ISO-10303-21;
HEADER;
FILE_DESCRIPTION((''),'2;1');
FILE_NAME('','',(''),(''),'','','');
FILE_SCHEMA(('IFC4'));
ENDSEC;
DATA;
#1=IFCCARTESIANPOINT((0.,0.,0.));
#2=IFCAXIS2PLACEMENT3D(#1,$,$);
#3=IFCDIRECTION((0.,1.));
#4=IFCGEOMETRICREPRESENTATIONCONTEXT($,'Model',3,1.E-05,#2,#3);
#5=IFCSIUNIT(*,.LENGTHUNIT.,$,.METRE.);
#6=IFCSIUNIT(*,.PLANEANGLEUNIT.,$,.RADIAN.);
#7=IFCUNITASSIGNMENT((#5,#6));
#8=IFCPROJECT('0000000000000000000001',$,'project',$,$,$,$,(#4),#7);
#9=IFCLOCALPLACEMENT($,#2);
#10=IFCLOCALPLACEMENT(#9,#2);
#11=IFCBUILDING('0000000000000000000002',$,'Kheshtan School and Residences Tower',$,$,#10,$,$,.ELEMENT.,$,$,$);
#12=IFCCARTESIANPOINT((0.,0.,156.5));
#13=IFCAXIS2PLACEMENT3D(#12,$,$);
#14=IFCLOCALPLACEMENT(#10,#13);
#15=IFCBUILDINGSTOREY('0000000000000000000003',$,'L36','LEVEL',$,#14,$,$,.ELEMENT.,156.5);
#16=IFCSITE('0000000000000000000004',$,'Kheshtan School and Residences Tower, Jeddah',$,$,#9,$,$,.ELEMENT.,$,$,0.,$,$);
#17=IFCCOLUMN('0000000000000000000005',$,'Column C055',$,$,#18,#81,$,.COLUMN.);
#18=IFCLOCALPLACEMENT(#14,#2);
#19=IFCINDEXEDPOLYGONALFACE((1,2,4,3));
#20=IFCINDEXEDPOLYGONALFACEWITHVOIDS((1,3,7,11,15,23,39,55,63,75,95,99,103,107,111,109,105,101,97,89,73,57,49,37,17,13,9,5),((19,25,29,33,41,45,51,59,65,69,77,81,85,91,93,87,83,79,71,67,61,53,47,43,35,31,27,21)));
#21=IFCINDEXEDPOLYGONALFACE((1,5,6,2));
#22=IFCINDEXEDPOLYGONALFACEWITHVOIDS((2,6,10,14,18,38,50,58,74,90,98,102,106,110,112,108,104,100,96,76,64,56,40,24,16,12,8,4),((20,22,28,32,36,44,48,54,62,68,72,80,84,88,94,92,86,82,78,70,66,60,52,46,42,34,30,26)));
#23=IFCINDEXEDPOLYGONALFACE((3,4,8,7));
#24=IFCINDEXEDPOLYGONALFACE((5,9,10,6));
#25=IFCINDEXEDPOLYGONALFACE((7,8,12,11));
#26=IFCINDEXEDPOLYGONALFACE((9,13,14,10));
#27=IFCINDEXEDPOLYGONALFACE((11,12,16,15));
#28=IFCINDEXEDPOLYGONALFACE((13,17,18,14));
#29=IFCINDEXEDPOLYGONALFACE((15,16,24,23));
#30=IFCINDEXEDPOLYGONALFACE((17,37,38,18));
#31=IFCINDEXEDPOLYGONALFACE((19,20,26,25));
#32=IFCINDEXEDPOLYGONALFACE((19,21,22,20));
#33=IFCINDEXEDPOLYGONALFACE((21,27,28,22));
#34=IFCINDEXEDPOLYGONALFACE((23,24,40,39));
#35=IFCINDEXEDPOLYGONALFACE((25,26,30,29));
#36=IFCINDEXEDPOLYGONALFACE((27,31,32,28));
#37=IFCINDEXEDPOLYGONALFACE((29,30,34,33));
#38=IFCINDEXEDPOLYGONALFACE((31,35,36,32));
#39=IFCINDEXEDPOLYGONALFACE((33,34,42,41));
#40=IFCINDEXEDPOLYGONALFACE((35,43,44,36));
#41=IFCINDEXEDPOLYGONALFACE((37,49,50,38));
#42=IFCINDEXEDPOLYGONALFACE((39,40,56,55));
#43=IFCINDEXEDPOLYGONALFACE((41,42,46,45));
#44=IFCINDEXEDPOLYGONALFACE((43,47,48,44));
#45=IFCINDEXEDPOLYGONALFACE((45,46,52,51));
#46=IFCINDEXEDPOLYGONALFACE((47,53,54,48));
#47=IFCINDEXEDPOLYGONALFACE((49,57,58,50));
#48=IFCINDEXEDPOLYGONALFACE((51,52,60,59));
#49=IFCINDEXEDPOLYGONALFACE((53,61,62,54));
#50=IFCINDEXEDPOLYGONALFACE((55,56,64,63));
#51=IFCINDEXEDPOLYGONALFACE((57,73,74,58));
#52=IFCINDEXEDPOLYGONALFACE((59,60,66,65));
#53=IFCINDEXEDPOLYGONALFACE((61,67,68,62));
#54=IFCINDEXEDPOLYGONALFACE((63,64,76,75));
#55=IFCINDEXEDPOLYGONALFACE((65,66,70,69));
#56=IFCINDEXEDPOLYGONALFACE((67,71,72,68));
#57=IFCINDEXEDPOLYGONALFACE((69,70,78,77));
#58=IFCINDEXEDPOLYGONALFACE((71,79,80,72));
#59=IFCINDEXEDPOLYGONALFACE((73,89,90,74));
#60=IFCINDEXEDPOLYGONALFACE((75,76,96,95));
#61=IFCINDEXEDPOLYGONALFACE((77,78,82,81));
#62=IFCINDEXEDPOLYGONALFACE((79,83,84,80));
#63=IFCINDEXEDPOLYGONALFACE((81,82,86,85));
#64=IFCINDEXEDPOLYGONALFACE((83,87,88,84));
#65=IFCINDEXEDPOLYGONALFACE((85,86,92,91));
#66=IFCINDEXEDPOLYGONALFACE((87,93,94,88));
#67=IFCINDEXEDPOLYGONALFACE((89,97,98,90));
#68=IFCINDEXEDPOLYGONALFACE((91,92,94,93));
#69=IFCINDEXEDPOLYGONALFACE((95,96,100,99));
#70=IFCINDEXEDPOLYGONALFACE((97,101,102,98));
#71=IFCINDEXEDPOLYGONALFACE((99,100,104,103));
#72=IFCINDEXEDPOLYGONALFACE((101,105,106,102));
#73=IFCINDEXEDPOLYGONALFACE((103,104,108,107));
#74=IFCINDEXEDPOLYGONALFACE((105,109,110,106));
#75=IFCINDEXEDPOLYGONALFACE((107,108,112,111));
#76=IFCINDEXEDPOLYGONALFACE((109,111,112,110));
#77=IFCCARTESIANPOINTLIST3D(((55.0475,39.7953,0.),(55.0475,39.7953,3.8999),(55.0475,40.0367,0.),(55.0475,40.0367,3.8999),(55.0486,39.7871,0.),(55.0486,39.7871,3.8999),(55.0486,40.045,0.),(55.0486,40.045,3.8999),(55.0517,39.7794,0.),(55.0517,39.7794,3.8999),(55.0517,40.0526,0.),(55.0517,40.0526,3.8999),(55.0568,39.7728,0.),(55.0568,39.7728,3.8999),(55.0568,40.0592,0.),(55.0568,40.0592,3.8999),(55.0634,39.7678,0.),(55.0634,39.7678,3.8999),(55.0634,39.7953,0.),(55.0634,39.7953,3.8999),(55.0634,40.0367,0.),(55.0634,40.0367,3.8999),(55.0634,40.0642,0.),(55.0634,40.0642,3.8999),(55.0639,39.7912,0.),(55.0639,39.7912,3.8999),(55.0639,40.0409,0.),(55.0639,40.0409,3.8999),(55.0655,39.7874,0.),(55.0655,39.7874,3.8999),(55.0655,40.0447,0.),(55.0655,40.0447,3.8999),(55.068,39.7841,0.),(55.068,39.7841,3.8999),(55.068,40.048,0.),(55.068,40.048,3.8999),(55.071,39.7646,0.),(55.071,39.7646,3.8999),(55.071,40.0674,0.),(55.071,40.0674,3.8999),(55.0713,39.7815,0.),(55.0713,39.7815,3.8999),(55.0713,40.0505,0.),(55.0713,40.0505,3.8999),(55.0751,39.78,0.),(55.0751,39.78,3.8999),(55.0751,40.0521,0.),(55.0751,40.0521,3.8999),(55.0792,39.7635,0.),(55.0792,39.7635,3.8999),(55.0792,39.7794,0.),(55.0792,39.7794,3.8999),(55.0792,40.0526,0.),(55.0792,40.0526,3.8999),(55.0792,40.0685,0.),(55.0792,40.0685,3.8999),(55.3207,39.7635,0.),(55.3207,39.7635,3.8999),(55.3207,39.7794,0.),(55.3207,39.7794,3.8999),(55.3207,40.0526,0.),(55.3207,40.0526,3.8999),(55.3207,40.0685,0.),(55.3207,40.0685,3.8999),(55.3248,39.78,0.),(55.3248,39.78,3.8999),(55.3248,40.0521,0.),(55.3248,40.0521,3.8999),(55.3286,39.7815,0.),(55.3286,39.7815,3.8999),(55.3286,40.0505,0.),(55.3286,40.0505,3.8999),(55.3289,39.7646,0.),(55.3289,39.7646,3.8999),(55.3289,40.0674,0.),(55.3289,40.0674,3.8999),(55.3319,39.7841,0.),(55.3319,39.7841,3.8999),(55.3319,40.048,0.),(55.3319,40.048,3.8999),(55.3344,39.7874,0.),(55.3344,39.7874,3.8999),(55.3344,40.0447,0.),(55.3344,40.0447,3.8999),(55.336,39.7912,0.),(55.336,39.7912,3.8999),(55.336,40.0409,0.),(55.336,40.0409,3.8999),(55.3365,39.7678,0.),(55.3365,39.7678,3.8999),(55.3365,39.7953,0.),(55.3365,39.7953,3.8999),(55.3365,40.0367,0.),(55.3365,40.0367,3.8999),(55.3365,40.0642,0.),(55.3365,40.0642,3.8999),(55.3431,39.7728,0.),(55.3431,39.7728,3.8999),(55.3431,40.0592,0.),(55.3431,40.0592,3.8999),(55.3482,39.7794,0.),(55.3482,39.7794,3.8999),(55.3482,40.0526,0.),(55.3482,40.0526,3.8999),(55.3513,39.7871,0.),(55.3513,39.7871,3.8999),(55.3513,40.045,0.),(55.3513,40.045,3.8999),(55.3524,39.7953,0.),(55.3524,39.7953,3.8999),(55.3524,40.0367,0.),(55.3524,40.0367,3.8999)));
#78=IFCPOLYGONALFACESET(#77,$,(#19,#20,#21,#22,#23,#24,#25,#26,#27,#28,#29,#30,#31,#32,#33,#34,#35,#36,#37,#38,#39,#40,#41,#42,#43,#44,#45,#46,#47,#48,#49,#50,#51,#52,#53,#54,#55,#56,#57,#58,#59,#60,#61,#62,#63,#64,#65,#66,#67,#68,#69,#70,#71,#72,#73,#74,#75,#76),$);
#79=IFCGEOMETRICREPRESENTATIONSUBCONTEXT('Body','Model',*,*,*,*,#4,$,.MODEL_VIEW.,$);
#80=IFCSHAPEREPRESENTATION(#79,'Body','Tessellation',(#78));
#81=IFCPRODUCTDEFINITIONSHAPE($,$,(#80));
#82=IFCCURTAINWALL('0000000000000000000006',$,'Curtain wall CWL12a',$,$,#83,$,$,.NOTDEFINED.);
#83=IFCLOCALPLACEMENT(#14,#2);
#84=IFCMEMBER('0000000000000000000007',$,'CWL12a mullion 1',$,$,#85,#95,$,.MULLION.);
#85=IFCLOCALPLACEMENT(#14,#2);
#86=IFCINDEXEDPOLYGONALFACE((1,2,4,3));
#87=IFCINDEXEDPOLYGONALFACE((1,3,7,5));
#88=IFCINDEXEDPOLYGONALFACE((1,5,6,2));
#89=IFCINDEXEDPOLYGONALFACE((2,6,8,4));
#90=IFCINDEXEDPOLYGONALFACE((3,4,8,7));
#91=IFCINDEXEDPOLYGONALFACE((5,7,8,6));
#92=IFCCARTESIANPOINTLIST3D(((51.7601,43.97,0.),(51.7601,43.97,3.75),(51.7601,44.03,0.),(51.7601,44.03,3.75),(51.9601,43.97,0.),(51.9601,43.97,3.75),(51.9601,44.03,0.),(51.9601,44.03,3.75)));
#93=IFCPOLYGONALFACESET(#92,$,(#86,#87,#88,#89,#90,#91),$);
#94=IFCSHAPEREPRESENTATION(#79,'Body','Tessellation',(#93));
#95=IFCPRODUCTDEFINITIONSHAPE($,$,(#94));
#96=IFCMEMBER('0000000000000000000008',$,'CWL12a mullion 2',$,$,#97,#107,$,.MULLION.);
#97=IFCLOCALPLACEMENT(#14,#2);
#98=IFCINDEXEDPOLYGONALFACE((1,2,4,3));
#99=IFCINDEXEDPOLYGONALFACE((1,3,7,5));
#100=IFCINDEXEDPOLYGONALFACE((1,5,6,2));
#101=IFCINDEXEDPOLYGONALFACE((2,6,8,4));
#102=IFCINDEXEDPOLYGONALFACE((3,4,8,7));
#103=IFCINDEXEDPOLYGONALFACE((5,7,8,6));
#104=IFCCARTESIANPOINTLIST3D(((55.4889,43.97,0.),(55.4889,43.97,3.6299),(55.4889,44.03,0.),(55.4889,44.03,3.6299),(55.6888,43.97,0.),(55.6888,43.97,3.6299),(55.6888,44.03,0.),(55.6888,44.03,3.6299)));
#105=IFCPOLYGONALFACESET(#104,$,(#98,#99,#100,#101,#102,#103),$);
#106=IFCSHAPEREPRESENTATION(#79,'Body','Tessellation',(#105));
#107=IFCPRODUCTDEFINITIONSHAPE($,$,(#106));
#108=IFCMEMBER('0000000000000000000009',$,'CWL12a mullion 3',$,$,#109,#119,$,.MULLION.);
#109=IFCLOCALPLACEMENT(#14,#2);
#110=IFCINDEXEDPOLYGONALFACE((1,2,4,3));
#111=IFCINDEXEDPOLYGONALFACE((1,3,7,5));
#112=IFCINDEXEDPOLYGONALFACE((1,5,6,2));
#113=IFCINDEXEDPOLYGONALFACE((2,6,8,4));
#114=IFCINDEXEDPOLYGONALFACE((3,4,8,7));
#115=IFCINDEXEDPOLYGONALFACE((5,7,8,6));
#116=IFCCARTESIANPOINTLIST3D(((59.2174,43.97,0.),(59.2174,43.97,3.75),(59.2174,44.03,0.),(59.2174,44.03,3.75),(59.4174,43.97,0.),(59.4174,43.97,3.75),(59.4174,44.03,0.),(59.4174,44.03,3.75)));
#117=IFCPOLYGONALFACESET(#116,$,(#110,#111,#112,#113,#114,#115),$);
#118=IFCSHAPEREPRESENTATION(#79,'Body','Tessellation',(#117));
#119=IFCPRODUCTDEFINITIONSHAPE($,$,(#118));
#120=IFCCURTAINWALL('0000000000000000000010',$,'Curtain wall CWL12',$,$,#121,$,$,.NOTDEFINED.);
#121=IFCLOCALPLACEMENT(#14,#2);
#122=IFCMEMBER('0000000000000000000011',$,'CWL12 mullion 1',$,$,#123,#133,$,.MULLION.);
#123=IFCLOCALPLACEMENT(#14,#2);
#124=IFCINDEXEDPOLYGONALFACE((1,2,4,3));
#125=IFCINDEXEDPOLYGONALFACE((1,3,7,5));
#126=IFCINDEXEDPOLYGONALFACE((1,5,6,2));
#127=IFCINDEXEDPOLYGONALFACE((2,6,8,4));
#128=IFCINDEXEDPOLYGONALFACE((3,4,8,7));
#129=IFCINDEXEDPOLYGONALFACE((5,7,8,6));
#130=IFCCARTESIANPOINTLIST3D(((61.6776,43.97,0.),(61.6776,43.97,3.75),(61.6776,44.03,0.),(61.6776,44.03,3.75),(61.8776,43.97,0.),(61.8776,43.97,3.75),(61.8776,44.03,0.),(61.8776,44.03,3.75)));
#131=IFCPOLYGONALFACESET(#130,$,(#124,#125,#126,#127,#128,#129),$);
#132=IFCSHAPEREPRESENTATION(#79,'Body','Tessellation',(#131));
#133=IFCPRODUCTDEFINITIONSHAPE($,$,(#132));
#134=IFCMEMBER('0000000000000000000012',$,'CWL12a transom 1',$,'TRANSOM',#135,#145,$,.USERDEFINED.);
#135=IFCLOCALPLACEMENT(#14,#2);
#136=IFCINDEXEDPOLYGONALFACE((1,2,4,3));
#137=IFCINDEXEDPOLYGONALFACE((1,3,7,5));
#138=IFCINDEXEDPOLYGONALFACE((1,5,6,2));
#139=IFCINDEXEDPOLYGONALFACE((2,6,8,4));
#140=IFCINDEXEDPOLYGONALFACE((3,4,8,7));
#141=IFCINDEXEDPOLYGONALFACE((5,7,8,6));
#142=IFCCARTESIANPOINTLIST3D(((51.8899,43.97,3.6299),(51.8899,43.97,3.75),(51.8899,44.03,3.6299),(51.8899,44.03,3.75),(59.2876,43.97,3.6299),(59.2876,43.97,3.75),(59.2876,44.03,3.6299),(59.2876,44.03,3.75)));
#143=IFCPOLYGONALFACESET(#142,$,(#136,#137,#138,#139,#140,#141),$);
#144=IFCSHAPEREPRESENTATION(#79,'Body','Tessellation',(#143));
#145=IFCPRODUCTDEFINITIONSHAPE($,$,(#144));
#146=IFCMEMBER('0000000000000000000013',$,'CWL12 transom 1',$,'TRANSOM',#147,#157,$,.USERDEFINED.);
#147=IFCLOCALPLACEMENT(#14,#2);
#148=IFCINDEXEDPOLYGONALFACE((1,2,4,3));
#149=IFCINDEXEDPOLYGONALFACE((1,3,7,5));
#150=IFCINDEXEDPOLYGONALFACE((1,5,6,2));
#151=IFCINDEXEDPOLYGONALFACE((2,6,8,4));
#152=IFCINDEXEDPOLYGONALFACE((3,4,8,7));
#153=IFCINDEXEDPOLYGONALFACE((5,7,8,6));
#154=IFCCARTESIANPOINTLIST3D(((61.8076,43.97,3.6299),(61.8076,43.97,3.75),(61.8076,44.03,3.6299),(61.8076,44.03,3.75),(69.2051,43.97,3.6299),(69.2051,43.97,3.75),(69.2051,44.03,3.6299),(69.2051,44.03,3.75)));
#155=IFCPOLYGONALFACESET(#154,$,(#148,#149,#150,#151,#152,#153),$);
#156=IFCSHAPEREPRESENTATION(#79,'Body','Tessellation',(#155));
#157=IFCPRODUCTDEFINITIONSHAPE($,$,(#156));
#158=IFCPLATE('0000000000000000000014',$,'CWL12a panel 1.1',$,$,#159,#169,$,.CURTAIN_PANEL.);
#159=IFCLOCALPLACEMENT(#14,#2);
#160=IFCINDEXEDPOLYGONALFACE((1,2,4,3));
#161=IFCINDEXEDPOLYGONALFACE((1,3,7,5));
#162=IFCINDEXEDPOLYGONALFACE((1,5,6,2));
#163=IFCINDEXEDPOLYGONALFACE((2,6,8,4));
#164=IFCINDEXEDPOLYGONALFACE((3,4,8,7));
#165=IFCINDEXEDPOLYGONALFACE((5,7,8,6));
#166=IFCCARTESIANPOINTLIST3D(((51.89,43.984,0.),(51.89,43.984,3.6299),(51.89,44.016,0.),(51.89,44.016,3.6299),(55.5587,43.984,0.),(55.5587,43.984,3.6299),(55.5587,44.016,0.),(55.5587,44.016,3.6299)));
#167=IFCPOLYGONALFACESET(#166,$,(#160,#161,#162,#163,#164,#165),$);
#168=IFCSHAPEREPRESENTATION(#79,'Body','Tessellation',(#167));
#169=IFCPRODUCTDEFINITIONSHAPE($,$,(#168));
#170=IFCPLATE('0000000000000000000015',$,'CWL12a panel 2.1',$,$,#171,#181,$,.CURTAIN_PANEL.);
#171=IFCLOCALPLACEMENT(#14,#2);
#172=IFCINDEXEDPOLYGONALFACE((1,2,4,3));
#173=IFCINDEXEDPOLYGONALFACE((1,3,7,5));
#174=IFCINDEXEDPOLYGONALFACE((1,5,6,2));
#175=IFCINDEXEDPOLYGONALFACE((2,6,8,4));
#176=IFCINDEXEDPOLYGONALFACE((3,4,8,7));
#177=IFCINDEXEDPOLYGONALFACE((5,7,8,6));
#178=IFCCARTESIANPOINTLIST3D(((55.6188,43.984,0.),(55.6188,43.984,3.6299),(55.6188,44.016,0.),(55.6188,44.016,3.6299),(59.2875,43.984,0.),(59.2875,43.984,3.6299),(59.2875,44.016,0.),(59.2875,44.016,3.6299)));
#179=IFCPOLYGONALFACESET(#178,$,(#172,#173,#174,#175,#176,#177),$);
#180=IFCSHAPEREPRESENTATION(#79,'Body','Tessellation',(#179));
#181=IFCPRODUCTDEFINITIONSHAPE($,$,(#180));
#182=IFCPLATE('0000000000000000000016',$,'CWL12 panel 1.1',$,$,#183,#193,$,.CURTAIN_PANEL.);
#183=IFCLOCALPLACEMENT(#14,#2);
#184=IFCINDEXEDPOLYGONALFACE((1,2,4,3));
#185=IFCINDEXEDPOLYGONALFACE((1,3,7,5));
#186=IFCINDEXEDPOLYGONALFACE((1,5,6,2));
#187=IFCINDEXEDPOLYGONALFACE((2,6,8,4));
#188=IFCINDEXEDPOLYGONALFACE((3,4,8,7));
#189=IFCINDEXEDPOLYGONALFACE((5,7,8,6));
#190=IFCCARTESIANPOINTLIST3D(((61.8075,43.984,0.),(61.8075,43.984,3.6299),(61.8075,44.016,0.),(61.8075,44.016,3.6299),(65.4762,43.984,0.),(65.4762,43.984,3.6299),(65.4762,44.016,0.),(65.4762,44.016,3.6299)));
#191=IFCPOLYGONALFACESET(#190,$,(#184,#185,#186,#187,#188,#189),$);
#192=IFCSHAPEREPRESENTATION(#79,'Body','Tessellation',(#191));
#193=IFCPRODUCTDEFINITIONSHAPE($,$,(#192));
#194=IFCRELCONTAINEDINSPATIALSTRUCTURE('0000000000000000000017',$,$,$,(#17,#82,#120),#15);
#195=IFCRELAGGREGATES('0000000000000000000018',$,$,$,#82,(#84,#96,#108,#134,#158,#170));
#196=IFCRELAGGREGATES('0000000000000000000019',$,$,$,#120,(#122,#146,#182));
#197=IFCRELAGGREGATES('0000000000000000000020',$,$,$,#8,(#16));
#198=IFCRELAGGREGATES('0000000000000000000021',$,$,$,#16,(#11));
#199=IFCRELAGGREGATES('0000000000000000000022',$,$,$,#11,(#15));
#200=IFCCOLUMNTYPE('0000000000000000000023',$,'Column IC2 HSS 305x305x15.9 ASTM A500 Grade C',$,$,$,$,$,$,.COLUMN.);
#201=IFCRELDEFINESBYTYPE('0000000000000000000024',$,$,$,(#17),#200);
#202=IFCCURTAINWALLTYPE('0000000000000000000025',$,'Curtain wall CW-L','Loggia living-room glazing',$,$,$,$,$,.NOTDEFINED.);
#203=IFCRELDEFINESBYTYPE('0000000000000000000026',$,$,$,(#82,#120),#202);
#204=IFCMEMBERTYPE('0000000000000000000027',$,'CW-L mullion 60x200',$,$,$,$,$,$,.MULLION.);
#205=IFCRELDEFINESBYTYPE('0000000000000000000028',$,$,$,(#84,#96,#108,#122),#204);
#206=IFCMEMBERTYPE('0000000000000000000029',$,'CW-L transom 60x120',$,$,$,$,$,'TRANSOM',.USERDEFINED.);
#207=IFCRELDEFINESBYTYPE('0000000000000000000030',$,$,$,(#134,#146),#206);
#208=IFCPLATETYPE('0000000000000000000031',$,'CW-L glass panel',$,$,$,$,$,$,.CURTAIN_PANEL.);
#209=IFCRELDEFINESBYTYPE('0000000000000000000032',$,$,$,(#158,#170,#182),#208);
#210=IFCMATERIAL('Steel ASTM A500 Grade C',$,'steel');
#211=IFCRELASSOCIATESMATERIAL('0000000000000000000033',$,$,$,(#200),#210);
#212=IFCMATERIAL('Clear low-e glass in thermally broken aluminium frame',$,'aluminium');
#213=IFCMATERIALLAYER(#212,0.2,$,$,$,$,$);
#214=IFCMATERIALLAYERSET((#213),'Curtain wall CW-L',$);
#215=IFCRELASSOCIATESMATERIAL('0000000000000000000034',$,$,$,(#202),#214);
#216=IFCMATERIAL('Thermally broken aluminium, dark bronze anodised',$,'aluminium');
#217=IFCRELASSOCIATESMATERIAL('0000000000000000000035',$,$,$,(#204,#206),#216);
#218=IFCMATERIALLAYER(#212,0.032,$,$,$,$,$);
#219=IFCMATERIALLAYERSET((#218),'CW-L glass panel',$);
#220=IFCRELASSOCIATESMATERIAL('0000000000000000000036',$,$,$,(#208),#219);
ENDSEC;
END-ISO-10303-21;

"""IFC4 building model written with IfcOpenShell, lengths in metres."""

from ifc_helpers import new_model, si_unit, direction, frame, origin, origin_2d, place, context, subcontext, project, spatial, rectangle, hollow_rectangle, extrude, material, layer, layer_set, material_profile, profile_set, type_object, element, aggregate, save


model = new_model("IFC4")

# Units and contexts
model_context = context("Model", 3, precision=1e-05, world=origin(), true_north=direction((0.0, 1.0)))
body_context = subcontext(model_context, "Body", "Model", "MODEL_VIEW")
ifc_project = project(units=[si_unit("LENGTHUNIT", "METRE"), si_unit("PLANEANGLEUNIT", "RADIAN")], contexts=[model_context])

# Site, building, storey
site_placement = place(None, origin())
site = spatial("IfcSite", under=ifc_project, at=site_placement, Name="Kheshtan School and Residences Tower, Jeddah", CompositionType="ELEMENT", RefElevation=0.0)
building_placement = place(site_placement, origin())
building = spatial("IfcBuilding", under=site, at=building_placement, Name="Kheshtan School and Residences Tower", CompositionType="ELEMENT")
storey_placement = place(building_placement, frame((0.0, 0.0, 156.5)))
storey = spatial("IfcBuildingStorey", under=building, at=storey_placement, Name="L36", Description="LEVEL", CompositionType="ELEMENT", Elevation=156.5)

# Column
ifc_material_1 = material(Name="Steel ASTM A500 Grade C", Category="steel")
ifc_material_profile_1 = material_profile(ifc_material_1, hollow_rectangle(XDim=0.3049, YDim=0.3049, WallThickness=0.0159, InnerFilletRadius=0.0159, OuterFilletRadius=0.0317, at=origin_2d()), Name="HSS 305x305x15.9")
ifc_profile_set_1 = profile_set([ifc_material_profile_1], Name="Steel ASTM A500 Grade C")
column_type = type_object("IfcColumnType", Name="Column IC2 HSS 305x305x15.9 ASTM A500 Grade C", PredefinedType="COLUMN", material=ifc_profile_set_1)
column_placement = place(storey_placement, frame((55.2, 39.916, 0.0), z_axis=(0.0, 0.0, 1.0), x_axis=(1.0, 0.0, 0.0)))
element("IfcColumn", 1, at=column_placement, inside=storey, type_object=column_type, Name="Column C055", PredefinedType="COLUMN", context=body_context, shape_type="SweptSolid", body=[
    extrude(hollow_rectangle(XDim=0.3049, YDim=0.3049, WallThickness=0.0159, InnerFilletRadius=0.0159, OuterFilletRadius=0.0317, at=origin_2d()), origin(), (0.0, 0.0, 1.0), 3.8999),
])

# Curtain wall, members
ifc_material_2 = material(Name="Clear low-e glass in thermally broken aluminium frame", Category="aluminium")
ifc_layer_1 = layer(ifc_material_2, 0.2)
ifc_layer_set_1 = layer_set([ifc_layer_1], Name="Curtain wall CW-L")
curtain_wall_type = type_object("IfcCurtainWallType", Name="Curtain wall CW-L", Description="Loggia living-room glazing", PredefinedType="NOTDEFINED", material=ifc_layer_set_1)
curtain_wall_1_placement = place(storey_placement, origin())
curtain_wall_1 = element("IfcCurtainWall", 2, at=curtain_wall_1_placement, inside=storey, type_object=curtain_wall_type, Name="Curtain wall CWL12a", PredefinedType="NOTDEFINED")
ifc_material_3 = material(Name="Thermally broken aluminium, dark bronze anodised", Category="aluminium")
ifc_material_profile_2 = material_profile(ifc_material_3, rectangle(XDim=0.0601, YDim=0.2, at=origin_2d()), Name="CW-L mullion 60x200")
ifc_profile_set_2 = profile_set([ifc_material_profile_2], Name="Thermally broken aluminium, dark bronze anodised")
member_type_1 = type_object("IfcMemberType", Name="CW-L mullion 60x200", PredefinedType="MULLION", material=ifc_profile_set_2)
member_1_placement = place(storey_placement, frame((51.8601, 44.0, 0.0), z_axis=(0.0, 0.0, 1.0), x_axis=(0.0, 1.0, 0.0)))
member_1 = element("IfcMember", 3, at=member_1_placement, type_object=member_type_1, Name="CWL12a mullion 1", PredefinedType="MULLION", context=body_context, shape_type="SweptSolid", body=[
    extrude(rectangle(XDim=0.0601, YDim=0.2, at=origin_2d()), origin(), (0.0, 0.0, 1.0), 3.75),
])
member_2_placement = place(storey_placement, frame((55.5889, 44.0, 0.0), z_axis=(0.0, 0.0, 1.0), x_axis=(0.0, 1.0, 0.0)))
member_2 = element("IfcMember", 4, at=member_2_placement, type_object=member_type_1, Name="CWL12a mullion 2", PredefinedType="MULLION", context=body_context, shape_type="SweptSolid", body=[
    extrude(rectangle(XDim=0.0601, YDim=0.2, at=origin_2d()), origin(), (0.0, 0.0, 1.0), 3.6299),
])
member_3_placement = place(storey_placement, frame((59.3174, 44.0, 0.0), z_axis=(0.0, 0.0, 1.0), x_axis=(0.0, 1.0, 0.0)))
member_3 = element("IfcMember", 5, at=member_3_placement, type_object=member_type_1, Name="CWL12a mullion 3", PredefinedType="MULLION", context=body_context, shape_type="SweptSolid", body=[
    extrude(rectangle(XDim=0.0601, YDim=0.2, at=origin_2d()), origin(), (0.0, 0.0, 1.0), 3.75),
])

# Curtain wall, member
curtain_wall_2_placement = place(storey_placement, origin())
curtain_wall_2 = element("IfcCurtainWall", 6, at=curtain_wall_2_placement, inside=storey, type_object=curtain_wall_type, Name="Curtain wall CWL12", PredefinedType="NOTDEFINED")
member_4_placement = place(storey_placement, frame((61.7776, 44.0, 0.0), z_axis=(0.0, 0.0, 1.0), x_axis=(0.0, 1.0, 0.0)))
member_4 = element("IfcMember", 7, at=member_4_placement, type_object=member_type_1, Name="CWL12 mullion 1", PredefinedType="MULLION", context=body_context, shape_type="SweptSolid", body=[
    extrude(rectangle(XDim=0.0601, YDim=0.2, at=origin_2d()), origin(), (0.0, 0.0, 1.0), 3.75),
])

# Members
ifc_material_profile_3 = material_profile(ifc_material_3, rectangle(XDim=0.0601, YDim=0.1201, at=origin_2d()), Name="CW-L transom 60x120")
ifc_profile_set_3 = profile_set([ifc_material_profile_3], Name="Thermally broken aluminium, dark bronze anodised")
member_type_2 = type_object("IfcMemberType", Name="CW-L transom 60x120", ElementType="TRANSOM", PredefinedType="USERDEFINED", material=ifc_profile_set_3)
member_5_placement = place(storey_placement, frame((51.8899, 44.0, 3.6899), z_axis=(1.0, 0.0, 0.0), x_axis=(0.0, 1.0, 0.0)))
member_5 = element("IfcMember", 8, at=member_5_placement, type_object=member_type_2, Name="CWL12a transom 1", ObjectType="TRANSOM", PredefinedType="USERDEFINED", context=body_context, shape_type="SweptSolid", body=[
    extrude(rectangle(XDim=0.0601, YDim=0.1201, at=origin_2d()), origin(), (0.0, 0.0, 1.0), 7.3977),
])
member_6_placement = place(storey_placement, frame((61.8076, 44.0, 3.6899), z_axis=(1.0, 0.0, 0.0), x_axis=(0.0, 1.0, 0.0)))
member_6 = element("IfcMember", 9, at=member_6_placement, type_object=member_type_2, Name="CWL12 transom 1", ObjectType="TRANSOM", PredefinedType="USERDEFINED", context=body_context, shape_type="SweptSolid", body=[
    extrude(rectangle(XDim=0.0601, YDim=0.1201, at=origin_2d()), origin(), (0.0, 0.0, 1.0), 7.3975),
])

# Plates
ifc_layer_2 = layer(ifc_material_2, 0.032)
ifc_layer_set_2 = layer_set([ifc_layer_2], Name="CW-L glass panel")
plate_type = type_object("IfcPlateType", Name="CW-L glass panel", PredefinedType="CURTAIN_PANEL", material=ifc_layer_set_2)
plate_1_placement = place(storey_placement, frame((53.7244, 44.0, 0.0), z_axis=(0.0, 0.0, 1.0), x_axis=(1.0, 0.0, 0.0)))
plate_1 = element("IfcPlate", 10, at=plate_1_placement, type_object=plate_type, Name="CWL12a panel 1.1", PredefinedType="CURTAIN_PANEL", context=body_context, shape_type="SweptSolid", body=[
    extrude(rectangle(XDim=3.6687, YDim=0.032, at=origin_2d()), origin(), (0.0, 0.0, 1.0), 3.6299),
])
plate_2_placement = place(storey_placement, frame((57.4531, 44.0, 0.0), z_axis=(0.0, 0.0, 1.0), x_axis=(1.0, 0.0, 0.0)))
plate_2 = element("IfcPlate", 11, at=plate_2_placement, type_object=plate_type, Name="CWL12a panel 2.1", PredefinedType="CURTAIN_PANEL", context=body_context, shape_type="SweptSolid", body=[
    extrude(rectangle(XDim=3.6687, YDim=0.032, at=origin_2d()), origin(), (0.0, 0.0, 1.0), 3.6299),
])
aggregate(curtain_wall_1, [member_1, member_2, member_3, member_5, plate_1, plate_2])
plate_3_placement = place(storey_placement, frame((63.6418, 44.0, 0.0), z_axis=(0.0, 0.0, 1.0), x_axis=(1.0, 0.0, 0.0)))
plate_3 = element("IfcPlate", 12, at=plate_3_placement, type_object=plate_type, Name="CWL12 panel 1.1", PredefinedType="CURTAIN_PANEL", context=body_context, shape_type="SweptSolid", body=[
    extrude(rectangle(XDim=3.6687, YDim=0.032, at=origin_2d()), origin(), (0.0, 0.0, 1.0), 3.6299),
])
aggregate(curtain_wall_2, [member_4, member_6, plate_3])

save(model, "model.ifc")
